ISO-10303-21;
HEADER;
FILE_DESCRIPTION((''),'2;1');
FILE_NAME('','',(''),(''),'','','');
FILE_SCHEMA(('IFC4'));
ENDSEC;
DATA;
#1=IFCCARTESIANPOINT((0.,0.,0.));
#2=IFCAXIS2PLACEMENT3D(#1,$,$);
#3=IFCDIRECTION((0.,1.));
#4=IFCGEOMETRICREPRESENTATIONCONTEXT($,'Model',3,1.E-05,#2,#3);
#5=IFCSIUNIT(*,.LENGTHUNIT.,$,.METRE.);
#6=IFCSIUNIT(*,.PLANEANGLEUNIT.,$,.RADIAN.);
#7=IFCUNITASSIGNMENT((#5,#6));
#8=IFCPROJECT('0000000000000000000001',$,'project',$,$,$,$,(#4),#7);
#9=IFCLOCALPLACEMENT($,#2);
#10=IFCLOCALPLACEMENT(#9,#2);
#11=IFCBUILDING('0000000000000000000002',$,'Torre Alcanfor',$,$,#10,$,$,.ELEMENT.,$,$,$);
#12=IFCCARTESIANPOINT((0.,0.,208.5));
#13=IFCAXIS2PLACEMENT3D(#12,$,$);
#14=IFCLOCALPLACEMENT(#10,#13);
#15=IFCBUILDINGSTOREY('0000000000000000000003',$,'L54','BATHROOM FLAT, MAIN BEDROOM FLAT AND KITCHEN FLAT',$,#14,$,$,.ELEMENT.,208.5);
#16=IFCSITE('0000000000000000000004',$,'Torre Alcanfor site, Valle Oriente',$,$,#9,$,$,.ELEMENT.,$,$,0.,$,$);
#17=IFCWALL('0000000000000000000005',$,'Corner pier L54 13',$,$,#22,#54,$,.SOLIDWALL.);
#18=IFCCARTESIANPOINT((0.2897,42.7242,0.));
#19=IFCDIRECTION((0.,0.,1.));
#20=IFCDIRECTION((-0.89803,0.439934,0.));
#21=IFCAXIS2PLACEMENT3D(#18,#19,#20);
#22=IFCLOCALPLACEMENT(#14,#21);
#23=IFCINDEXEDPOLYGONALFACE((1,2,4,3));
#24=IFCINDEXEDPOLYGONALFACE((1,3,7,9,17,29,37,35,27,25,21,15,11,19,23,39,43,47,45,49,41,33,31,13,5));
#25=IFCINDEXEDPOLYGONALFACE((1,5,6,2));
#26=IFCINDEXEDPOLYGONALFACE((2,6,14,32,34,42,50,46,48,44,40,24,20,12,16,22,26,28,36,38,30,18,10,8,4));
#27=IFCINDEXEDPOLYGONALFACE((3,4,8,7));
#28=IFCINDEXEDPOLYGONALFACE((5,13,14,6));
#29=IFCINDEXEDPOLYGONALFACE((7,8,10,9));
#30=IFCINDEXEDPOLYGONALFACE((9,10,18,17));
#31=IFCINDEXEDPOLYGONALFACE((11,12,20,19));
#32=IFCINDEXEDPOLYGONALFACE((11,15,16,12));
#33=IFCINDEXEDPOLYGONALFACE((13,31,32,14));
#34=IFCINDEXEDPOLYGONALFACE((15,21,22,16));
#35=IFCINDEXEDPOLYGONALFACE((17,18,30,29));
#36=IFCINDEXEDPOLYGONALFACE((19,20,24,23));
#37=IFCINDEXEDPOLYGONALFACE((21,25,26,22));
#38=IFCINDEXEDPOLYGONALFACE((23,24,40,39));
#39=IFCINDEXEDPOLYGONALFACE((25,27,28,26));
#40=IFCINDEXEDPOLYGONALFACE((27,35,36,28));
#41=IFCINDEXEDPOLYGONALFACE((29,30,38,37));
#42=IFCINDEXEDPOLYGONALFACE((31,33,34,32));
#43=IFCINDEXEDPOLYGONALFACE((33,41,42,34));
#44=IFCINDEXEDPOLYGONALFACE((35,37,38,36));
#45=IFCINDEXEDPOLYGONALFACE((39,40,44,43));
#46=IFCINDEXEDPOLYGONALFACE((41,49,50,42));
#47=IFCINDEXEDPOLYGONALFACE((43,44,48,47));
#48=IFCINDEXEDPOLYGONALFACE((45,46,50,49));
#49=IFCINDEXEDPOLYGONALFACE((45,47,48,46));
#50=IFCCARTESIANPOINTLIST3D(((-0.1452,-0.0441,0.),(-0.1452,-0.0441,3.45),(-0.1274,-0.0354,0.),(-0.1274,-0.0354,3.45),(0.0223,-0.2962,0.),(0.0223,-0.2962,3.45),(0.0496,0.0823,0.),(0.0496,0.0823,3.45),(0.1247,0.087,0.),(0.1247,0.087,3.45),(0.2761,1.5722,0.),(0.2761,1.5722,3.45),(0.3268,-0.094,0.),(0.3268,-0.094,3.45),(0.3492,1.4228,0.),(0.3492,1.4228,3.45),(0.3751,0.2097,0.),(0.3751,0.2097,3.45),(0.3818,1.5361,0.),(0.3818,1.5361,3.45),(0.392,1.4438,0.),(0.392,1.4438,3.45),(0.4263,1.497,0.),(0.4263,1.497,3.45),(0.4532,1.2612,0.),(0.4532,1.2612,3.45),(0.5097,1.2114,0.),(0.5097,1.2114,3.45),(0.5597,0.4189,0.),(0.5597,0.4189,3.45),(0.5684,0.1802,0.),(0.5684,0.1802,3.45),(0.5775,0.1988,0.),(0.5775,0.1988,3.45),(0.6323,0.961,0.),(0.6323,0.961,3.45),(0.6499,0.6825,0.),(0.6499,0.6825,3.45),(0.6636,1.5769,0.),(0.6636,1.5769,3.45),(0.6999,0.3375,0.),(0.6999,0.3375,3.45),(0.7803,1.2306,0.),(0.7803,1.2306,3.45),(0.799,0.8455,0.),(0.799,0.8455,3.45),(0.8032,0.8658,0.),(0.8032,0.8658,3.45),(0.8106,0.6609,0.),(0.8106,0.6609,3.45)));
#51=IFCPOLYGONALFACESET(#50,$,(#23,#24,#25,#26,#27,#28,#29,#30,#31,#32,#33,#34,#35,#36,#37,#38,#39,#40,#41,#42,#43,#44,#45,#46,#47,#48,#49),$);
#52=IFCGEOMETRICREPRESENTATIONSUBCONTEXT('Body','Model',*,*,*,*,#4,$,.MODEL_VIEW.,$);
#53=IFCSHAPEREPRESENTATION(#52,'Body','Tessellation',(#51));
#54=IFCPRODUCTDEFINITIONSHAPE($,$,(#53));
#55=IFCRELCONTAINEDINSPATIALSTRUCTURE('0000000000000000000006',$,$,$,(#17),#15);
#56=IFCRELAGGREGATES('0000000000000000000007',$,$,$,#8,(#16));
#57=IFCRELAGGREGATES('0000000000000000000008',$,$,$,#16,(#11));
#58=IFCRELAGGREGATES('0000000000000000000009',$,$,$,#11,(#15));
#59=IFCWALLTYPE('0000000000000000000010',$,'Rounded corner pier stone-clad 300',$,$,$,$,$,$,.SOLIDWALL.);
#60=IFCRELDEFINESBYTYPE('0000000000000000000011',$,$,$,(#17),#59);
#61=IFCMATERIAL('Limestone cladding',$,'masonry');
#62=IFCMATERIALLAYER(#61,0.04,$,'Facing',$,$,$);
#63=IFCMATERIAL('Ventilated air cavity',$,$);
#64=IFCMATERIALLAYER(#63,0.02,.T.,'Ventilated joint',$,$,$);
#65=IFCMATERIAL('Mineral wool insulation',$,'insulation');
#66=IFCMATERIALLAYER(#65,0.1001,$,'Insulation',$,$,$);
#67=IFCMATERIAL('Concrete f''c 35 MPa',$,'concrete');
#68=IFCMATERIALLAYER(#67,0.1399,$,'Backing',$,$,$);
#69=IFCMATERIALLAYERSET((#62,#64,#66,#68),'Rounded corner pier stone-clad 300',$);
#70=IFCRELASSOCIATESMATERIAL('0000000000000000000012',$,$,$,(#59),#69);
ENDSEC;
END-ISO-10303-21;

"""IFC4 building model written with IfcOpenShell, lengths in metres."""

from ifc_helpers import new_model, si_unit, direction, frame, origin, place, context, subcontext, project, spatial, polyline, outline, extrude, material, layer, layer_set, type_object, element, save


model = new_model("IFC4")

# Units and contexts
model_context = context("Model", 3, precision=1e-05, world=origin(), true_north=direction((0.0, 1.0)))
body_context = subcontext(model_context, "Body", "Model", "MODEL_VIEW")
ifc_project = project(units=[si_unit("LENGTHUNIT", "METRE"), si_unit("PLANEANGLEUNIT", "RADIAN")], contexts=[model_context])

# Site, building, storey
site_placement = place(None, origin())
site = spatial("IfcSite", under=ifc_project, at=site_placement, Name="Torre Alcanfor site, Valle Oriente", CompositionType="ELEMENT", RefElevation=0.0)
building_placement = place(site_placement, origin())
building = spatial("IfcBuilding", under=site, at=building_placement, Name="Torre Alcanfor", CompositionType="ELEMENT")
storey_placement = place(building_placement, frame((0.0, 0.0, 208.5)))
storey = spatial("IfcBuildingStorey", under=building, at=storey_placement, Name="L54", Description="BATHROOM FLAT, MAIN BEDROOM FLAT AND KITCHEN FLAT", CompositionType="ELEMENT", Elevation=208.5)

# Wall
ifc_material_1 = material(Name="Limestone cladding", Category="masonry")
ifc_layer_1 = layer(ifc_material_1, 0.04, Name="Facing")
ifc_material_2 = material(Name="Ventilated air cavity")
ifc_layer_2 = layer(ifc_material_2, 0.02, ventilated=True, Name="Ventilated joint")
ifc_material_3 = material(Name="Mineral wool insulation", Category="insulation")
ifc_layer_3 = layer(ifc_material_3, 0.1001, Name="Insulation")
ifc_material_4 = material(Name="Concrete f'c 35 MPa", Category="concrete")
ifc_layer_4 = layer(ifc_material_4, 0.1399, Name="Backing")
ifc_layer_set_1 = layer_set([ifc_layer_1, ifc_layer_2, ifc_layer_3, ifc_layer_4], Name="Rounded corner pier stone-clad 300")
wall_type_1 = type_object("IfcWallType", Name="Rounded corner pier stone-clad 300", PredefinedType="SOLIDWALL", material=ifc_layer_set_1)
wall_1_placement = place(storey_placement, frame((0.2897, 42.7242, 0.0), z_axis=(0.0, 0.0, 1.0), x_axis=(-0.89803, 0.439934, 0.0)))
element("IfcWall", 1, at=wall_1_placement, inside=storey, type_object=wall_type_1, Name="Corner pier L54 13", PredefinedType="SOLIDWALL", context=body_context, shape_type="SweptSolid", body=[
    extrude(outline(polyline([(-0.1452, -0.0441), (0.0223, -0.2962), (0.3268, -0.094), (0.5684, 0.1802), (0.5775, 0.1988), (0.6999, 0.3375), (0.8106, 0.6609), (0.799, 0.8455), (0.8032, 0.8658), (0.7803, 1.2306), (0.6636, 1.5769), (0.4263, 1.497), (0.3818, 1.5361), (0.2761, 1.5722), (0.3492, 1.4228), (0.392, 1.4438), (0.4532, 1.2612), (0.5097, 1.2114), (0.6323, 0.961), (0.6499, 0.6825), (0.5597, 0.4189), (0.3751, 0.2097), (0.1247, 0.087), (0.0496, 0.0823), (-0.1274, -0.0354), (-0.1452, -0.0441)])), origin(), (0.0, 0.0, 1.0), 3.45),
])

save(model, "model.ifc")
